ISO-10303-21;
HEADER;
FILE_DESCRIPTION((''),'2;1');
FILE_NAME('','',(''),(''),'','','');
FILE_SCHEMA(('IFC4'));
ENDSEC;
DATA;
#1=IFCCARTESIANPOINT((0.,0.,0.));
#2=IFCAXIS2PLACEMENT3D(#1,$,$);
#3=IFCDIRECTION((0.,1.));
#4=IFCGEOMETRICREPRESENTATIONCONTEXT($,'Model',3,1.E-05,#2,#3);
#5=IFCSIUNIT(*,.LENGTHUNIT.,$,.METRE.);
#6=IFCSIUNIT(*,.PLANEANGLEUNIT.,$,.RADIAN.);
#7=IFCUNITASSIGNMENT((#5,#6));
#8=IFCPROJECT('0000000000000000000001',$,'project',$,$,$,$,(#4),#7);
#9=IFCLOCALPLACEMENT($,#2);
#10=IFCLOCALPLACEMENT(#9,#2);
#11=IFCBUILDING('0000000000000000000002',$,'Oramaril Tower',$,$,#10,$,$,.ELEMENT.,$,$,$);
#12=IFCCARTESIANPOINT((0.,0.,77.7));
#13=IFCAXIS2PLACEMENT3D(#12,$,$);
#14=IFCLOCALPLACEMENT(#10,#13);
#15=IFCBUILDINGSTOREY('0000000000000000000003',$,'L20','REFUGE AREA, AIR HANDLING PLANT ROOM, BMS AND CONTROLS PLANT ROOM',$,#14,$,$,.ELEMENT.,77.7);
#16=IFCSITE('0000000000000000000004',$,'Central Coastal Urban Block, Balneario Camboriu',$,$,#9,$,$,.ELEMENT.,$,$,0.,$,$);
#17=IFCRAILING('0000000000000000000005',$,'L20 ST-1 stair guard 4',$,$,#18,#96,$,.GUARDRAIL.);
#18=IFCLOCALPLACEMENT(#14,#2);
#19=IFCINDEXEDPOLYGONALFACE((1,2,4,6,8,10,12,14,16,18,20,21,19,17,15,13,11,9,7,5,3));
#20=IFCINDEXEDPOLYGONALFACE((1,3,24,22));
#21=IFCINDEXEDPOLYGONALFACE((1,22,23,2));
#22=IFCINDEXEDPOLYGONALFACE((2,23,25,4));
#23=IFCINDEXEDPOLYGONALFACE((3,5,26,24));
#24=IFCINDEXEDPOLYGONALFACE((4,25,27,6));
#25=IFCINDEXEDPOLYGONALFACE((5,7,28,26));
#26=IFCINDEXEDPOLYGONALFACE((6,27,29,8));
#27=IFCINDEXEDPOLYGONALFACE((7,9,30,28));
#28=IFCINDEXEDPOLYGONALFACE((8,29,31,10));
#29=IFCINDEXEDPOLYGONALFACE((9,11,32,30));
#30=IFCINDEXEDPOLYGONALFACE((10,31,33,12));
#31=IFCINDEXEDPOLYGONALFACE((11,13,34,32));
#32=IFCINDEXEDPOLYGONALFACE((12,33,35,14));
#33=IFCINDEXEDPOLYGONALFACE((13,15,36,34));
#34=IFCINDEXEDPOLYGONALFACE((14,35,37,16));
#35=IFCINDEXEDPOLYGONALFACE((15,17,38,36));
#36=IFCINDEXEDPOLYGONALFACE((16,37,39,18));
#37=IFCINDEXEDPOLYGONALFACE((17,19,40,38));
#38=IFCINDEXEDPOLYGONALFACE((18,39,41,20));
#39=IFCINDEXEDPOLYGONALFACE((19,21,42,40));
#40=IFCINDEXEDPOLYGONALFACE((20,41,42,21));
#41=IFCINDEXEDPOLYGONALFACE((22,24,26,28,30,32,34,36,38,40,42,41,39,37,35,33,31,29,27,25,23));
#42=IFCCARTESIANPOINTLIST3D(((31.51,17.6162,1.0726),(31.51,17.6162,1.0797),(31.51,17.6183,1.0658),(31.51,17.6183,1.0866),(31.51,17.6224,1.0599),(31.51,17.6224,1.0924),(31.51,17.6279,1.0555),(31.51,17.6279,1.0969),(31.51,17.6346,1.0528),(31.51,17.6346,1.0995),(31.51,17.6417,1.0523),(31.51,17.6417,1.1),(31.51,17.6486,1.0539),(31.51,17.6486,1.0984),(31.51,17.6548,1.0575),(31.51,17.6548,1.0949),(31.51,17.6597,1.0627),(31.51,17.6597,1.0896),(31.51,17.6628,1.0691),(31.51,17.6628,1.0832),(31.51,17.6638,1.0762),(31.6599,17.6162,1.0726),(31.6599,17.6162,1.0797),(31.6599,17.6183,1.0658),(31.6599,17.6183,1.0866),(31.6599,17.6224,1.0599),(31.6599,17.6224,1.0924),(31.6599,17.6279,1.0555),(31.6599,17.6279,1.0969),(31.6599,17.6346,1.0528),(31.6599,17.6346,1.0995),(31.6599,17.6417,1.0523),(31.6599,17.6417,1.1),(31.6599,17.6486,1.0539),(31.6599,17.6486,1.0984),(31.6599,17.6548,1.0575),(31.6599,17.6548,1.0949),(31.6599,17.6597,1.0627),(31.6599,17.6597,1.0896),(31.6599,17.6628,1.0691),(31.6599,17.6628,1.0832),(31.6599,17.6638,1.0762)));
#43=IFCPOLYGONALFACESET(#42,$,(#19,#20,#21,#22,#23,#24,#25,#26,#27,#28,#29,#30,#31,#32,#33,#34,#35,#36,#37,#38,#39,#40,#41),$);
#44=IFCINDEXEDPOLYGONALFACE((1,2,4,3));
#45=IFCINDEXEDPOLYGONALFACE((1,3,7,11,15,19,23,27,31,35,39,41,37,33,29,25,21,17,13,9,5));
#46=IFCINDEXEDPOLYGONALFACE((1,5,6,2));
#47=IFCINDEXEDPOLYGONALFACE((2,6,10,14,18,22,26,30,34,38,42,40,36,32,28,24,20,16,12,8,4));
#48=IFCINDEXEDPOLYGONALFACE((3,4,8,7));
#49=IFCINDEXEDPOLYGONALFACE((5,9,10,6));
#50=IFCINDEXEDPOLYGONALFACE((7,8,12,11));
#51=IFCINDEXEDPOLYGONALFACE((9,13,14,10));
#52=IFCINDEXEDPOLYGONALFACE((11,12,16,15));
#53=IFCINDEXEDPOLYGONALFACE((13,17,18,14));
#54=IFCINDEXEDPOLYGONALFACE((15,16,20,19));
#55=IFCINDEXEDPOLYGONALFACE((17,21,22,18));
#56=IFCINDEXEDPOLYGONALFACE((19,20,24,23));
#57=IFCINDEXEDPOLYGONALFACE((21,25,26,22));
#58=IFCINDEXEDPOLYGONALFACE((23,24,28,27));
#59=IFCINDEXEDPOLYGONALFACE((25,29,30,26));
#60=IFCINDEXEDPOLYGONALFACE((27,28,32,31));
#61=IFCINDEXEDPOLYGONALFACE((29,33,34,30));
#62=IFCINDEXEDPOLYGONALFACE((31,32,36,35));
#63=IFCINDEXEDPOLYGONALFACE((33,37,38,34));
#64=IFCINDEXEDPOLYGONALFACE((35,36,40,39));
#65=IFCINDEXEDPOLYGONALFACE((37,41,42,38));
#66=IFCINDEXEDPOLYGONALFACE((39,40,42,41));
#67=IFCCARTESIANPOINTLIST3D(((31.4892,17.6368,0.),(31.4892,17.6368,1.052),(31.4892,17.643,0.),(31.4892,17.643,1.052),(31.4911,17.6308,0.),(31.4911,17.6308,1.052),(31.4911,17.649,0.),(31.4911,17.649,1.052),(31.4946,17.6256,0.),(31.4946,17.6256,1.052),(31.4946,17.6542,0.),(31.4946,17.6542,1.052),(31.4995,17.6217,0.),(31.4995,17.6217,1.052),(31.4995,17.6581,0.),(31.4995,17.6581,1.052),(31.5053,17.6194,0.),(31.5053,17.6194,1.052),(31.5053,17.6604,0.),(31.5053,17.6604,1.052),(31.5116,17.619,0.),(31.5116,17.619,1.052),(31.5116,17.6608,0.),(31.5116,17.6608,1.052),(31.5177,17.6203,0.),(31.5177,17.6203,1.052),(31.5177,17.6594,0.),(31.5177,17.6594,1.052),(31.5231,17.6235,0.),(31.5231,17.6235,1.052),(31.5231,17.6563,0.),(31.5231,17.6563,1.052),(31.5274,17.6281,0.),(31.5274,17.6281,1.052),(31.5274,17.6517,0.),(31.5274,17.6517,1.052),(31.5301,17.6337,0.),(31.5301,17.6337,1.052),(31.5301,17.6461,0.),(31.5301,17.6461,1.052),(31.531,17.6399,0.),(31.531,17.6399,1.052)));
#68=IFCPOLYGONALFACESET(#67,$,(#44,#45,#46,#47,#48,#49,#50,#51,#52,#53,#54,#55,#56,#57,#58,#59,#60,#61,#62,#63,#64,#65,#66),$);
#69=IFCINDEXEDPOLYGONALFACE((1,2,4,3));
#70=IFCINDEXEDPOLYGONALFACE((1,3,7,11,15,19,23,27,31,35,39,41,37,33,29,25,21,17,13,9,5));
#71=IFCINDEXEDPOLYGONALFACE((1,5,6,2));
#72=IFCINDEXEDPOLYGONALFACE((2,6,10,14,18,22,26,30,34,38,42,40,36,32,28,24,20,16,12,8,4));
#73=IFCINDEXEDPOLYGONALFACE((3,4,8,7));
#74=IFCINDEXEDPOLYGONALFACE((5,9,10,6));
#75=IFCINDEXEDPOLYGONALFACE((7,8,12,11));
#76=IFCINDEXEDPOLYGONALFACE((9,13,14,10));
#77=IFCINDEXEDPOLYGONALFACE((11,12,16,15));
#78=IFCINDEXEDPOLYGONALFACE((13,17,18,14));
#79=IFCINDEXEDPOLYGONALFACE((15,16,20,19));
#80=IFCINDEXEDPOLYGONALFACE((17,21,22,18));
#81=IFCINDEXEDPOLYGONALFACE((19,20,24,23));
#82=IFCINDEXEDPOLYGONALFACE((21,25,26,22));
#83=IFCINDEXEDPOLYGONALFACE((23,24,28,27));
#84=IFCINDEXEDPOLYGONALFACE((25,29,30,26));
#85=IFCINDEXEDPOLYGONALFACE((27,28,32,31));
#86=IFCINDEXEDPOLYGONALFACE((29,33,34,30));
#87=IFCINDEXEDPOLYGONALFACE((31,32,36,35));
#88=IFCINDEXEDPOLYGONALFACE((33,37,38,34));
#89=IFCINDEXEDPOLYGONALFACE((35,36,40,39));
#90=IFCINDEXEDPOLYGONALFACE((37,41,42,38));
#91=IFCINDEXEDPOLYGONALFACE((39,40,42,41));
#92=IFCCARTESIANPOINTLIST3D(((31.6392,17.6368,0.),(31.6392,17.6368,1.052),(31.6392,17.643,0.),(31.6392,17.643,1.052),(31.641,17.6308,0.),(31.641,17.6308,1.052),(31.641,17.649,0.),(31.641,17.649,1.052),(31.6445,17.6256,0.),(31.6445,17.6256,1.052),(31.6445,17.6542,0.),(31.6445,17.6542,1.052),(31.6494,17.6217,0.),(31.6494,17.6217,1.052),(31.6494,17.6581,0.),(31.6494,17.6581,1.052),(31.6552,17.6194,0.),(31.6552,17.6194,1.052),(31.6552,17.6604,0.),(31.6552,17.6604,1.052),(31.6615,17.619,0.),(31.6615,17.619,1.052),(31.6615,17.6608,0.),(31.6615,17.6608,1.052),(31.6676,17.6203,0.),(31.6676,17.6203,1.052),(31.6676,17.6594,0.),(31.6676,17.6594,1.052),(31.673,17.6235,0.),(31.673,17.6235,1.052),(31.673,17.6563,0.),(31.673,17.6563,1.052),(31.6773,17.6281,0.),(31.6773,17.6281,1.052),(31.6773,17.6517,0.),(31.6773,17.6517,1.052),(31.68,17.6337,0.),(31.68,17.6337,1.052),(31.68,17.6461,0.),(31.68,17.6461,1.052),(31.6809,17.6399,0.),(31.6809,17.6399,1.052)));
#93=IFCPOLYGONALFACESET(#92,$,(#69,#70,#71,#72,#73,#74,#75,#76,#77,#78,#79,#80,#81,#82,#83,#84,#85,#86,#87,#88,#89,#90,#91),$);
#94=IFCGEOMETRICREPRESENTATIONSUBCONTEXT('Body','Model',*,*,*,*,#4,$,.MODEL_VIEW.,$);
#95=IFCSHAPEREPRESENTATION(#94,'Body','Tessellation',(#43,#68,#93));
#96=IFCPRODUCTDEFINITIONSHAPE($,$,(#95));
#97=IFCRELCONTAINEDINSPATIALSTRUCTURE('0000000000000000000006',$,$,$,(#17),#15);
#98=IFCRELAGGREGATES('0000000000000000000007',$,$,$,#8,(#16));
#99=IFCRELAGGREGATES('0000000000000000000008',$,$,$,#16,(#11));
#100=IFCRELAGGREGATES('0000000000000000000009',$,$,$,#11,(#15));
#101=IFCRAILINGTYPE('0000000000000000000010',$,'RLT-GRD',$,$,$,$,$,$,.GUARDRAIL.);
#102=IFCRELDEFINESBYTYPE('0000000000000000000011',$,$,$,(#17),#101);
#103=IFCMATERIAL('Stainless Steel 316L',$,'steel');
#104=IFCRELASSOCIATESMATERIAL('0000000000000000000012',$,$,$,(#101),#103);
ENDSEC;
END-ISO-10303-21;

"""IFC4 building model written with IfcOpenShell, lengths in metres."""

from ifc_helpers import new_model, si_unit, direction, frame, origin, origin_2d, place, context, subcontext, project, spatial, circle, extrude, material, type_object, element, save


model = new_model("IFC4")

# Units and contexts
model_context = context("Model", 3, precision=1e-05, world=origin(), true_north=direction((0.0, 1.0)))
body_context = subcontext(model_context, "Body", "Model", "MODEL_VIEW")
ifc_project = project(units=[si_unit("LENGTHUNIT", "METRE"), si_unit("PLANEANGLEUNIT", "RADIAN")], contexts=[model_context])

# Site, building, storey
site_placement = place(None, origin())
site = spatial("IfcSite", under=ifc_project, at=site_placement, Name="Central Coastal Urban Block, Balneario Camboriu", CompositionType="ELEMENT", RefElevation=0.0)
building_placement = place(site_placement, origin())
building = spatial("IfcBuilding", under=site, at=building_placement, Name="Oramaril Tower", CompositionType="ELEMENT")
storey_placement = place(building_placement, frame((0.0, 0.0, 77.7)))
storey = spatial("IfcBuildingStorey", under=building, at=storey_placement, Name="L20", Description="REFUGE AREA, AIR HANDLING PLANT ROOM, BMS AND CONTROLS PLANT ROOM", CompositionType="ELEMENT", Elevation=77.7)

# Railing
ifc_material_1 = material(Name="Stainless Steel 316L", Category="steel")
railing_type_1 = type_object("IfcRailingType", Name="RLT-GRD", PredefinedType="GUARDRAIL", material=ifc_material_1)
railing_1_placement = place(storey_placement, frame((31.51, 17.6399, 0.0)))
element("IfcRailing", 1, at=railing_1_placement, inside=storey, type_object=railing_type_1, Name="L20 ST-1 stair guard 4", PredefinedType="GUARDRAIL", context=body_context, shape_type="SweptSolid", body=[
    extrude(circle(Radius=0.0239, at=origin_2d()), frame((0.0, 0.0, 1.0762), z_axis=(1.0, 0.0, 0.0), x_axis=(0.0, 1.0, 0.0)), (0.0, 0.0, 1.0), 0.1499),
    extrude(circle(Radius=0.021, at=origin_2d()), origin(), (0.0, 0.0, 1.0), 1.052),
    extrude(circle(Radius=0.021, at=origin_2d()), frame((0.1499, 0.0, 0.0)), (0.0, 0.0, 1.0), 1.052),
])

save(model, "model.ifc")
